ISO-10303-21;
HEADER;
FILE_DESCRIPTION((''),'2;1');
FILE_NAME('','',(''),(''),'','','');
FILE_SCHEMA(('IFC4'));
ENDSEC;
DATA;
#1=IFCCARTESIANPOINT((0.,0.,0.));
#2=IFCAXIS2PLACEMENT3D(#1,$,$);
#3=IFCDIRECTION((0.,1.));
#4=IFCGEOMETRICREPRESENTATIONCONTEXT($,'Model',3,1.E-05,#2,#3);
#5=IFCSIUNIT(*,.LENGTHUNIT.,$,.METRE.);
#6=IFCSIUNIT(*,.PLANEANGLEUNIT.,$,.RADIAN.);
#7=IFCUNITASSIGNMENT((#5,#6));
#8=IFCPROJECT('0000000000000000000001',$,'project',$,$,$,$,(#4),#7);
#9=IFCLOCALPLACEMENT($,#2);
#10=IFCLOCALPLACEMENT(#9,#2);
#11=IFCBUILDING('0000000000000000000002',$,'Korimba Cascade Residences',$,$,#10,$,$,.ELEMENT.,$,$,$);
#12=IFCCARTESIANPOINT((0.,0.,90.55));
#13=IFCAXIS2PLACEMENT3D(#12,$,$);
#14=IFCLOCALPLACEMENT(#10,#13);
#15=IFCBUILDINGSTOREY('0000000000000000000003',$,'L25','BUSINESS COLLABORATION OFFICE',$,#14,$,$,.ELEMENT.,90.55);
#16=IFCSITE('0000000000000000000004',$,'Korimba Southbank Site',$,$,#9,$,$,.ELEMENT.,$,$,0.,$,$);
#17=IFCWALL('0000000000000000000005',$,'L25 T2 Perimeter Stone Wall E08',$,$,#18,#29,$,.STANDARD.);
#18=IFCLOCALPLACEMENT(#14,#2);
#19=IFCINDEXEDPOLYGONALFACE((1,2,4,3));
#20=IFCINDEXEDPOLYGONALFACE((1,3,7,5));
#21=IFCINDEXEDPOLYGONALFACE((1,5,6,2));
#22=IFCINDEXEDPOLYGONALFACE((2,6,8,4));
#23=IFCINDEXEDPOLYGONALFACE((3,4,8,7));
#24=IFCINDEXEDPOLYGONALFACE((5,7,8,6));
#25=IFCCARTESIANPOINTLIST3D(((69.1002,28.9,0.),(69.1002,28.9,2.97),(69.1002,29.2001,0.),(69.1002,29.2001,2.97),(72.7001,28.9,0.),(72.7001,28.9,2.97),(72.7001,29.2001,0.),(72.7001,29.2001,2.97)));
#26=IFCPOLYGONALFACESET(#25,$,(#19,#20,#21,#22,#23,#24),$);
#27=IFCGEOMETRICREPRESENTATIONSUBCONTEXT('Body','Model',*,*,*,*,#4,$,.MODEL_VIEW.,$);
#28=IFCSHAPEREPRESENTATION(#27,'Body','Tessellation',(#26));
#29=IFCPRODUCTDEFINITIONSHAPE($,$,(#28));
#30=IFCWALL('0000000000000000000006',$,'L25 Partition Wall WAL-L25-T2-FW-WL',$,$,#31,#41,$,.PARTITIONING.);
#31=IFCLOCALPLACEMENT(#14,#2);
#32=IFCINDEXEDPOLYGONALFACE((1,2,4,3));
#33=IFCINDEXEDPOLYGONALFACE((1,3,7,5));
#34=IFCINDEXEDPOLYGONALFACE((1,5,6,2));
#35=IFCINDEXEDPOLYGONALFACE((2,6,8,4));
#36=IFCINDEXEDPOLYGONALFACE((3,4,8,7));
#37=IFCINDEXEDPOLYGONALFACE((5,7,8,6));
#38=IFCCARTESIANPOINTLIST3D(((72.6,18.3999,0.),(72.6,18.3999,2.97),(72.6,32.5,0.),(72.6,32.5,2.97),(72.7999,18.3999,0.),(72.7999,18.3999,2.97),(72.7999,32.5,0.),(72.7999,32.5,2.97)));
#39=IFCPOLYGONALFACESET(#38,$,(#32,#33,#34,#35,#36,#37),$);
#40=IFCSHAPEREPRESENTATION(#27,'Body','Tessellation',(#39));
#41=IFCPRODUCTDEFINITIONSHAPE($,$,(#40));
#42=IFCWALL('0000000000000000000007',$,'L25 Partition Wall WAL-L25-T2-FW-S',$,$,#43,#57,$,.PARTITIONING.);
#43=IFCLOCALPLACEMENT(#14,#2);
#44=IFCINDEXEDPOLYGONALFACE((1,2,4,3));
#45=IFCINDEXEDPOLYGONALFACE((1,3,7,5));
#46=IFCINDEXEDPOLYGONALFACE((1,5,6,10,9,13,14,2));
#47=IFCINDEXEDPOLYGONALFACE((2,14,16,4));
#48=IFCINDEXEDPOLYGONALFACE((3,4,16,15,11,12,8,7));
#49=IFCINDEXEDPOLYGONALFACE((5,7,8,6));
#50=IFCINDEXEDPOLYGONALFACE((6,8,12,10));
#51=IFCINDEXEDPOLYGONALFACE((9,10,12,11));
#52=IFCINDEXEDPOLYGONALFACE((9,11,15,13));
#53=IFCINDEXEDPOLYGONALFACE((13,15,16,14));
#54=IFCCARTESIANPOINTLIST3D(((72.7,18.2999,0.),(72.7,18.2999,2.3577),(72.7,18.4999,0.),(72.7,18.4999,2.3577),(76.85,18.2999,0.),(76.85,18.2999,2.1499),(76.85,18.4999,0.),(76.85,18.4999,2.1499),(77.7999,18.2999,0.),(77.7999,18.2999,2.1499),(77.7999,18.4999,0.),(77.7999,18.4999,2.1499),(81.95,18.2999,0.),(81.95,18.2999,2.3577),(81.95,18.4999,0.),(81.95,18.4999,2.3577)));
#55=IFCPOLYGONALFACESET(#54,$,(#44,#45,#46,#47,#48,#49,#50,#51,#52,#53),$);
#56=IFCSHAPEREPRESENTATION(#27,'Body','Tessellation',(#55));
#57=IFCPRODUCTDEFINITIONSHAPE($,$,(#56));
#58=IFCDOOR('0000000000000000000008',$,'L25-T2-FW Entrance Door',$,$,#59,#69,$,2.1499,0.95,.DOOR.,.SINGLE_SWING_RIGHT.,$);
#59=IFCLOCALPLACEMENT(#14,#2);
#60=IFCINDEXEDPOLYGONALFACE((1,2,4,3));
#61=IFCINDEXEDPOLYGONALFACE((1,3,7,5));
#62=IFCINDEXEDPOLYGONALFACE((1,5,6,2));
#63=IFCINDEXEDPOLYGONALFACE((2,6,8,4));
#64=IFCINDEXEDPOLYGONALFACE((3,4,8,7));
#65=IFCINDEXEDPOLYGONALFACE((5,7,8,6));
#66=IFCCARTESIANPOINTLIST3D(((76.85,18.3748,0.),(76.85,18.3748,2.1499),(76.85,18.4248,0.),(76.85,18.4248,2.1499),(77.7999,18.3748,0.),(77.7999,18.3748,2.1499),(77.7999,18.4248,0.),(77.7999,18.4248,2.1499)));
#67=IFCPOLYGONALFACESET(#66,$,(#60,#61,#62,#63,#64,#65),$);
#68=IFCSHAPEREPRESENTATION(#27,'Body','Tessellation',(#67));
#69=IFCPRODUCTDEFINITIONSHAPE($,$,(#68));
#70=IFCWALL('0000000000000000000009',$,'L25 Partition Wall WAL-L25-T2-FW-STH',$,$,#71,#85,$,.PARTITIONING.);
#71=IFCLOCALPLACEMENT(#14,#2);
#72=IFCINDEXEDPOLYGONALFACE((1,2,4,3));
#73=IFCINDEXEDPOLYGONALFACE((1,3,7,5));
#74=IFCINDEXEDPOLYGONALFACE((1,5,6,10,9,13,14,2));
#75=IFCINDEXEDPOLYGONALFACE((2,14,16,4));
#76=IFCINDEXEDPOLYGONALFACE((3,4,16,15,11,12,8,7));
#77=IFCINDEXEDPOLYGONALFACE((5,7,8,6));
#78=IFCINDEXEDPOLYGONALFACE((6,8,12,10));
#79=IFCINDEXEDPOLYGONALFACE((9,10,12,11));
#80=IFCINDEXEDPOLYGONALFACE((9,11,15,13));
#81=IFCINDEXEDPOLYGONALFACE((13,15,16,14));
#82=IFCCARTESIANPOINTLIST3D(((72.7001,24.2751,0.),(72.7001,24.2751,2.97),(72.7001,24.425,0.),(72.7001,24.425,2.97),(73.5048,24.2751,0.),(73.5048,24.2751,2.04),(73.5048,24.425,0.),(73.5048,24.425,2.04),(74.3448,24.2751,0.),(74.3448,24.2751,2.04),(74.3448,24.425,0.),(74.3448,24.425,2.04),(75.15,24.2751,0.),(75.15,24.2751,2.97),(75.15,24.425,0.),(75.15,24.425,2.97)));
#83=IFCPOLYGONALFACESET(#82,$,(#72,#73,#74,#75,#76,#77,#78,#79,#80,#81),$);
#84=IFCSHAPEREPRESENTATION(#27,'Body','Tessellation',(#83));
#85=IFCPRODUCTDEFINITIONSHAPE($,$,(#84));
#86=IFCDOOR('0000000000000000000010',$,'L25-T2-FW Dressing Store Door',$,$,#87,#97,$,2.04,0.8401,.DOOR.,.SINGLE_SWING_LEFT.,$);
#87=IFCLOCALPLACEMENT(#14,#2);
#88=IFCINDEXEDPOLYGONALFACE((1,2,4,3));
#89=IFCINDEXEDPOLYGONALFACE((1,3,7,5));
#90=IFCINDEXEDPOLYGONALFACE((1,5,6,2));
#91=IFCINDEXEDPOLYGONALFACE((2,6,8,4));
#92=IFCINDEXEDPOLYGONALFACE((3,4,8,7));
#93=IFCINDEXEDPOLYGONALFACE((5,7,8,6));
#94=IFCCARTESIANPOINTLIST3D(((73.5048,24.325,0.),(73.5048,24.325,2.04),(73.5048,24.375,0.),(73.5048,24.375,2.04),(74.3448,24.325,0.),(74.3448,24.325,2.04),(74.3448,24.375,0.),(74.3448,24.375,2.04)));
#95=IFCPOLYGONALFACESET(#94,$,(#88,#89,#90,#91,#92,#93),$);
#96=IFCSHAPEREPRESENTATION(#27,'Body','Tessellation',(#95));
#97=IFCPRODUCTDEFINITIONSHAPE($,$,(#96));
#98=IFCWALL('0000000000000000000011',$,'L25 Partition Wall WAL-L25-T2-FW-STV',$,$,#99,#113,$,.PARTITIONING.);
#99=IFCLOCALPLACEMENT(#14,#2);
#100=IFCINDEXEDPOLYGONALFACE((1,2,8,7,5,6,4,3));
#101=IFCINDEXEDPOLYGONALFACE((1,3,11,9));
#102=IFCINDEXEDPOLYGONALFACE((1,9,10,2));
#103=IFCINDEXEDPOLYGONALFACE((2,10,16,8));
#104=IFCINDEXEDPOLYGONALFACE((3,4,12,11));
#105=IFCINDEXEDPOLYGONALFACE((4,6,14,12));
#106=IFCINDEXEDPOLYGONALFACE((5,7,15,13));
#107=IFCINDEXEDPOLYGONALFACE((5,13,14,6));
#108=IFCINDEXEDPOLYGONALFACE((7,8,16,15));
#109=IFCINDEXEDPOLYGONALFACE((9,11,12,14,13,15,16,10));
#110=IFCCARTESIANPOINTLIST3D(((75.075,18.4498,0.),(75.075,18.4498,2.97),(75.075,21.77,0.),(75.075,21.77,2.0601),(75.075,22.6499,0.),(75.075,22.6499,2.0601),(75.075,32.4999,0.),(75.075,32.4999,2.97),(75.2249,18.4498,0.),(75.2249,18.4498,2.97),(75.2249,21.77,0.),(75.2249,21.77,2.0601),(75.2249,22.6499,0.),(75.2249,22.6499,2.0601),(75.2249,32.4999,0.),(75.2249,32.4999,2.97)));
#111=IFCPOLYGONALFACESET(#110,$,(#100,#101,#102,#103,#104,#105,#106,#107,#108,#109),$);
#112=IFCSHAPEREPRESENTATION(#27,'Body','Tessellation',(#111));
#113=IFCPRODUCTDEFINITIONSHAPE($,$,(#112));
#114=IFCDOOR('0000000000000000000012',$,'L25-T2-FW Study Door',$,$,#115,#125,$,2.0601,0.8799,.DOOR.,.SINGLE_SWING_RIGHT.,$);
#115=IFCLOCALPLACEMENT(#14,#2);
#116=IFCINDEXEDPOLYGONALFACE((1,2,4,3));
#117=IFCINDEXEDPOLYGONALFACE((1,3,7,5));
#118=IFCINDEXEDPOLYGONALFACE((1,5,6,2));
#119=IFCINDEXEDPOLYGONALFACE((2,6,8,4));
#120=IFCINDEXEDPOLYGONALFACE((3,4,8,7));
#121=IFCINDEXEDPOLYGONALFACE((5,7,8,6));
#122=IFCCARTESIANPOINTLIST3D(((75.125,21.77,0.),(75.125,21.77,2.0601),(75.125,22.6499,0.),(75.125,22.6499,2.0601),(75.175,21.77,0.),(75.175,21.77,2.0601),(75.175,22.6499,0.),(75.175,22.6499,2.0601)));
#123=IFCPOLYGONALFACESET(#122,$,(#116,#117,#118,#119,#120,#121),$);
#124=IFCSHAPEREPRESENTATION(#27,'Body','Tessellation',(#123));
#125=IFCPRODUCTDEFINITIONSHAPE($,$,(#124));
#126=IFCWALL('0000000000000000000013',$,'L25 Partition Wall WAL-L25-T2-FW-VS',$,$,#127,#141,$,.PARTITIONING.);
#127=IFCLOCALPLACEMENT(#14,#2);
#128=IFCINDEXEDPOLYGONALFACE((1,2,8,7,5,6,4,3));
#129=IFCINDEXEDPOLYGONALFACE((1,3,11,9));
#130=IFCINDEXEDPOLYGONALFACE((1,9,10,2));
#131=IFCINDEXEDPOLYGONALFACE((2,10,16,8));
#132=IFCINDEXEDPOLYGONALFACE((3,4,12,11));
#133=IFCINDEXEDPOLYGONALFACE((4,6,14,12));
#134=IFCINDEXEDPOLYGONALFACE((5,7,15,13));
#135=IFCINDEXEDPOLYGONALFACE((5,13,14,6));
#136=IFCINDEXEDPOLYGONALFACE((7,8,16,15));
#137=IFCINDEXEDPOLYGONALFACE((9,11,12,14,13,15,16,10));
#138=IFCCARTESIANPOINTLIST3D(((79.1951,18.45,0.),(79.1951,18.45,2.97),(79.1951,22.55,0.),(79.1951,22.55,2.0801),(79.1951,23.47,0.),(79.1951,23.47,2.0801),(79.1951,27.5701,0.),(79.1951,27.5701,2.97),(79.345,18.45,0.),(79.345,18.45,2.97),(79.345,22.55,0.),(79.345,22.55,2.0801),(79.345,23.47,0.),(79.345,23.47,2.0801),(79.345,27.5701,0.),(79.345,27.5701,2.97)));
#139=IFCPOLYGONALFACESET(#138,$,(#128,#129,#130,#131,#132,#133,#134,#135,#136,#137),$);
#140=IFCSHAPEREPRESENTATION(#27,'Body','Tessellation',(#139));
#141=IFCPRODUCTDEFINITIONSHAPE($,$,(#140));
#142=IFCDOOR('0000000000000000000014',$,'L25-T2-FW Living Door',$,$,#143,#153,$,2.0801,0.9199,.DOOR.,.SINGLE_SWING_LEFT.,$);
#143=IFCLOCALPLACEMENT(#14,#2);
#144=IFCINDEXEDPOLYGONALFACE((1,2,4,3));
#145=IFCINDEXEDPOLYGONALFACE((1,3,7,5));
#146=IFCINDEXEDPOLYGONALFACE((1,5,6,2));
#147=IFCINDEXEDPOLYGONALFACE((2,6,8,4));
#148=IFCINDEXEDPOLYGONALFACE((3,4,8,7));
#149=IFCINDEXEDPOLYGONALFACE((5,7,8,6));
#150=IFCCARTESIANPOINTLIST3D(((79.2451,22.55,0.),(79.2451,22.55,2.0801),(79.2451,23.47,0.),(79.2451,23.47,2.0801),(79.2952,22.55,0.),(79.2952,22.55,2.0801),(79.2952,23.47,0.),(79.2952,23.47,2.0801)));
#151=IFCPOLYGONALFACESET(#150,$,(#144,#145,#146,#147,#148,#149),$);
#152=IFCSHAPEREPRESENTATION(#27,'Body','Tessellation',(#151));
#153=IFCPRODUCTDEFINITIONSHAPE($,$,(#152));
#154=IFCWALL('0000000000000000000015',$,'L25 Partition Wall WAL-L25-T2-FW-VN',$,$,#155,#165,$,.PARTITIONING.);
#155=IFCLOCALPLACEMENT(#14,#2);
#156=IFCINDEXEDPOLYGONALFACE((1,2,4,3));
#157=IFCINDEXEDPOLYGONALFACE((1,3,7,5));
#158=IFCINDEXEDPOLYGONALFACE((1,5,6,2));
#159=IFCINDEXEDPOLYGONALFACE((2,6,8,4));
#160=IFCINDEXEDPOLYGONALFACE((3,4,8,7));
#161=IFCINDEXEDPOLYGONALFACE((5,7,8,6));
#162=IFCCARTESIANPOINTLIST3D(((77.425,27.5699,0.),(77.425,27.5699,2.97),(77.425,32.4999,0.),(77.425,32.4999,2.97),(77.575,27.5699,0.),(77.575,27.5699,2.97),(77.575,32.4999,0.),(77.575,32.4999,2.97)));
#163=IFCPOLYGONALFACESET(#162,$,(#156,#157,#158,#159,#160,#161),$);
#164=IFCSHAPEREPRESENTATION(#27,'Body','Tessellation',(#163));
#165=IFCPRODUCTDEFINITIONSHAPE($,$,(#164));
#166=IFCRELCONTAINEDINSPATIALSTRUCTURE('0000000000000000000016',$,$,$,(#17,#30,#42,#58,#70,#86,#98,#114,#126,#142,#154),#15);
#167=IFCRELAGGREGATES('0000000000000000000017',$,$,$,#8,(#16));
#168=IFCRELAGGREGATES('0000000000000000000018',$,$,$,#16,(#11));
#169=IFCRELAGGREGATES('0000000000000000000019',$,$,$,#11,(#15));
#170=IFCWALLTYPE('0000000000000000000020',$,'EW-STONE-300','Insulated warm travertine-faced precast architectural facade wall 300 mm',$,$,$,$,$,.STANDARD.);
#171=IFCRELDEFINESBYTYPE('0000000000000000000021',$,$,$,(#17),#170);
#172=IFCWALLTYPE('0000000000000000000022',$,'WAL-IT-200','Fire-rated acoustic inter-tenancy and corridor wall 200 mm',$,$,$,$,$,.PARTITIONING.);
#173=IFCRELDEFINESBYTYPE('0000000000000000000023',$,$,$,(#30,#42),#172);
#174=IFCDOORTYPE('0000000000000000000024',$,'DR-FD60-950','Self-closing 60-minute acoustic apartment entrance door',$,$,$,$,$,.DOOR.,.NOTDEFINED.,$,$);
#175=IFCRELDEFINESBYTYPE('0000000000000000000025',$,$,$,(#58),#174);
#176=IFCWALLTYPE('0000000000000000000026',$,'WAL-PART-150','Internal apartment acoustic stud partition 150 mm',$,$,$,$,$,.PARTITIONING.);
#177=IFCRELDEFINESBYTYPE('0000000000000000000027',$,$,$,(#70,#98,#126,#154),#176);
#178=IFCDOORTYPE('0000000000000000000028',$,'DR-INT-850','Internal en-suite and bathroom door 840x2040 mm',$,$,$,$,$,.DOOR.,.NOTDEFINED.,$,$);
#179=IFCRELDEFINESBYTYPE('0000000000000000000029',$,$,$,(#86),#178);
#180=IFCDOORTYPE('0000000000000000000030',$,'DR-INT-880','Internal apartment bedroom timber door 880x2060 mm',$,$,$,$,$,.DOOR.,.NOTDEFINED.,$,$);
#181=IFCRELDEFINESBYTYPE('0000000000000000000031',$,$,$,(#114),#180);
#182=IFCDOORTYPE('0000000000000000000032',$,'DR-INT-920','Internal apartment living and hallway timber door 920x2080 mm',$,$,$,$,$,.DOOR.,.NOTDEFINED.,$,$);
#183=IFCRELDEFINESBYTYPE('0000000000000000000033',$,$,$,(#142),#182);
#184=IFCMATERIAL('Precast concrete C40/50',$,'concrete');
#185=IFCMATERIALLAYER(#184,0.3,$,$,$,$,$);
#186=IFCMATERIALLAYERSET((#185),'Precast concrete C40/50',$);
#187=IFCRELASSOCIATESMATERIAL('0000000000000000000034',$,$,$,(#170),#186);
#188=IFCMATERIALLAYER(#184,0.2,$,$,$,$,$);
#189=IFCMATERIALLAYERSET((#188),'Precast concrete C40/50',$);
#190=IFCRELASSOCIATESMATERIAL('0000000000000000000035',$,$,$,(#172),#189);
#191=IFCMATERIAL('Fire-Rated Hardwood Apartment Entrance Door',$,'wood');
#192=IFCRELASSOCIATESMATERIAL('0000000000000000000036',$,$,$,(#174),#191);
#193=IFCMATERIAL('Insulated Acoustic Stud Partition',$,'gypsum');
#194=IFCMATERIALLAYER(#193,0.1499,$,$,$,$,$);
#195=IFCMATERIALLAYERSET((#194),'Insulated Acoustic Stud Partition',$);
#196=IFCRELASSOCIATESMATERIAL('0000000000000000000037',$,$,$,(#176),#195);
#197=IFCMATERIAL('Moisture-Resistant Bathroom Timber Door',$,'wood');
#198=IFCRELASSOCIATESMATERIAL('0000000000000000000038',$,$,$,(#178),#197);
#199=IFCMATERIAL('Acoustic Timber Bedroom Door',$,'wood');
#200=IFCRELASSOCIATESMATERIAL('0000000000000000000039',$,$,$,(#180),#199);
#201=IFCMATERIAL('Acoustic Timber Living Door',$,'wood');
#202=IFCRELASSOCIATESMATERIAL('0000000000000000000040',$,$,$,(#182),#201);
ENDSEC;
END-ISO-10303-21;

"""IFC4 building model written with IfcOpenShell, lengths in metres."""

from ifc_helpers import new_model, si_unit, direction, frame, frame_2d, origin, place, context, subcontext, project, spatial, rectangle, extrude, material, layer, layer_set, type_object, element, fill, save


model = new_model("IFC4")

# Units and contexts
model_context = context("Model", 3, precision=1e-05, world=origin(), true_north=direction((0.0, 1.0)))
body_context = subcontext(model_context, "Body", "Model", "MODEL_VIEW")
ifc_project = project(units=[si_unit("LENGTHUNIT", "METRE"), si_unit("PLANEANGLEUNIT", "RADIAN")], contexts=[model_context])

# Site, building, storey
site_placement = place(None, origin())
site = spatial("IfcSite", under=ifc_project, at=site_placement, Name="Korimba Southbank Site", CompositionType="ELEMENT", RefElevation=0.0)
building_placement = place(site_placement, origin())
building = spatial("IfcBuilding", under=site, at=building_placement, Name="Korimba Cascade Residences", CompositionType="ELEMENT")
storey_placement = place(building_placement, frame((0.0, 0.0, 90.55)))
storey = spatial("IfcBuildingStorey", under=building, at=storey_placement, Name="L25", Description="BUSINESS COLLABORATION OFFICE", CompositionType="ELEMENT", Elevation=90.55)

# Walls
ifc_material_1 = material(Name="Precast concrete C40/50", Category="concrete")
ifc_layer_1 = layer(ifc_material_1, 0.3)
ifc_layer_set_1 = layer_set([ifc_layer_1], Name="Precast concrete C40/50")
wall_type_1 = type_object("IfcWallType", Name="EW-STONE-300", Description="Insulated warm travertine-faced precast architectural facade wall 300 mm", PredefinedType="STANDARD", material=ifc_layer_set_1)
wall_1_placement = place(storey_placement, frame((72.7, 29.05, 0.0), z_axis=(0.0, 0.0, 1.0), x_axis=(-1.0, 0.0, 0.0)))
element("IfcWall", 1, at=wall_1_placement, inside=storey, type_object=wall_type_1, Name="L25 T2 Perimeter Stone Wall E08", PredefinedType="STANDARD", context=body_context, shape_type="SweptSolid", body=[
    extrude(rectangle(XDim=3.5999, YDim=0.3, at=frame_2d((1.7998, 0.0))), origin(), (0.0, 0.0, 1.0), 2.97),
])
ifc_layer_2 = layer(ifc_material_1, 0.2)
ifc_layer_set_2 = layer_set([ifc_layer_2], Name="Precast concrete C40/50")
wall_type_2 = type_object("IfcWallType", Name="WAL-IT-200", Description="Fire-rated acoustic inter-tenancy and corridor wall 200 mm", PredefinedType="PARTITIONING", material=ifc_layer_set_2)
wall_2_placement = place(storey_placement, frame((72.7, 18.3999, 0.0), z_axis=(0.0, 0.0, 1.0), x_axis=(0.0, 1.0, 0.0)))
element("IfcWall", 2, at=wall_2_placement, inside=storey, type_object=wall_type_2, Name="L25 Partition Wall WAL-L25-T2-FW-WL", PredefinedType="PARTITIONING", context=body_context, shape_type="SweptSolid", body=[
    extrude(rectangle(XDim=14.1001, YDim=0.2, at=frame_2d((7.05, 0.0))), origin(), (0.0, 0.0, 1.0), 2.97),
])

# Walls, openings, doors
wall_3_placement = place(storey_placement, frame((72.7, 18.3999, 0.0), z_axis=(0.0, 0.0, 1.0), x_axis=(1.0, 0.0, 0.0)))
wall_3 = element("IfcWall", 3, at=wall_3_placement, inside=storey, type_object=wall_type_2, Name="L25 Partition Wall WAL-L25-T2-FW-S", PredefinedType="PARTITIONING", context=body_context, shape_type="SweptSolid", body=[
    extrude(rectangle(XDim=9.25, YDim=0.2, at=frame_2d((4.625, 0.0))), origin(), (0.0, 0.0, 1.0), 2.3577),
])
opening_1_placement = place(wall_3_placement, frame((4.1499, 0.0, 0.0)))
opening_1 = element("IfcOpeningElement", 4, at=opening_1_placement, cuts=wall_3, PredefinedType="OPENING", context=body_context, shape_type="SweptSolid", body=[
    extrude(rectangle(XDim=0.95, YDim=2.1499, at=frame_2d((0.4751, 1.075))), frame((0.0, 0.1099, 0.0), z_axis=(0.0, -1.0, 0.0), x_axis=(1.0, 0.0, 0.0)), (0.0, 0.0, 1.0), 0.22),
])
ifc_material_2 = material(Name="Fire-Rated Hardwood Apartment Entrance Door", Category="wood")
door_type_1 = type_object("IfcDoorType", Name="DR-FD60-950", Description="Self-closing 60-minute acoustic apartment entrance door", OperationType="NOTDEFINED", PredefinedType="DOOR", material=ifc_material_2)
door_1_placement = place(opening_1_placement, origin())
door_1 = element("IfcDoor", 5, at=door_1_placement, inside=storey, type_object=door_type_1, Name="L25-T2-FW Entrance Door", OperationType="SINGLE_SWING_RIGHT", OverallHeight=2.1499, OverallWidth=0.95, PredefinedType="DOOR", context=body_context, shape_type="SweptSolid", body=[
    extrude(rectangle(XDim=0.95, YDim=2.1499, at=frame_2d((0.4751, 1.075))), frame((0.0, 0.0249, 0.0), z_axis=(0.0, -1.0, 0.0), x_axis=(1.0, 0.0, 0.0)), (0.0, 0.0, 1.0), 0.05),
])
fill(opening_1, door_1)
ifc_material_3 = material(Name="Insulated Acoustic Stud Partition", Category="gypsum")
ifc_layer_3 = layer(ifc_material_3, 0.1499)
ifc_layer_set_3 = layer_set([ifc_layer_3], Name="Insulated Acoustic Stud Partition")
wall_type_3 = type_object("IfcWallType", Name="WAL-PART-150", Description="Internal apartment acoustic stud partition 150 mm", PredefinedType="PARTITIONING", material=ifc_layer_set_3)
wall_4_placement = place(storey_placement, frame((72.7, 24.3501, 0.0), z_axis=(0.0, 0.0, 1.0), x_axis=(1.0, 0.0, 0.0)))
wall_4 = element("IfcWall", 6, at=wall_4_placement, inside=storey, type_object=wall_type_3, Name="L25 Partition Wall WAL-L25-T2-FW-STH", PredefinedType="PARTITIONING", context=body_context, shape_type="SweptSolid", body=[
    extrude(rectangle(XDim=2.45, YDim=0.1499, at=frame_2d((1.2251, 0.0))), origin(), (0.0, 0.0, 1.0), 2.97),
])
opening_2_placement = place(wall_4_placement, frame((0.8049, 0.0, 0.0)))
opening_2 = element("IfcOpeningElement", 7, at=opening_2_placement, cuts=wall_4, PredefinedType="OPENING", context=body_context, shape_type="SweptSolid", body=[
    extrude(rectangle(XDim=0.8401, YDim=2.04, at=frame_2d((0.4199, 1.02))), frame((0.0, 0.085, 0.0), z_axis=(0.0, -1.0, 0.0), x_axis=(1.0, 0.0, 0.0)), (0.0, 0.0, 1.0), 0.1699),
])
ifc_material_4 = material(Name="Moisture-Resistant Bathroom Timber Door", Category="wood")
door_type_2 = type_object("IfcDoorType", Name="DR-INT-850", Description="Internal en-suite and bathroom door 840x2040 mm", OperationType="NOTDEFINED", PredefinedType="DOOR", material=ifc_material_4)
door_2_placement = place(opening_2_placement, origin())
door_2 = element("IfcDoor", 8, at=door_2_placement, inside=storey, type_object=door_type_2, Name="L25-T2-FW Dressing Store Door", OperationType="SINGLE_SWING_LEFT", OverallHeight=2.04, OverallWidth=0.8401, PredefinedType="DOOR", context=body_context, shape_type="SweptSolid", body=[
    extrude(rectangle(XDim=0.8401, YDim=2.04, at=frame_2d((0.4199, 1.02))), frame((0.0, 0.0249, 0.0), z_axis=(0.0, -1.0, 0.0), x_axis=(1.0, 0.0, 0.0)), (0.0, 0.0, 1.0), 0.05),
])
fill(opening_2, door_2)
wall_5_placement = place(storey_placement, frame((75.1499, 18.45, 0.0), z_axis=(0.0, 0.0, 1.0), x_axis=(0.0, 1.0, 0.0)))
wall_5 = element("IfcWall", 9, at=wall_5_placement, inside=storey, type_object=wall_type_3, Name="L25 Partition Wall WAL-L25-T2-FW-STV", PredefinedType="PARTITIONING", context=body_context, shape_type="SweptSolid", body=[
    extrude(rectangle(XDim=14.05, YDim=0.1499, at=frame_2d((7.0249, 0.0))), origin(), (0.0, 0.0, 1.0), 2.97),
])
opening_3_placement = place(wall_5_placement, frame((3.3201, 0.0, 0.0)))
opening_3 = element("IfcOpeningElement", 10, at=opening_3_placement, cuts=wall_5, PredefinedType="OPENING", context=body_context, shape_type="SweptSolid", body=[
    extrude(rectangle(XDim=0.8799, YDim=2.0601, at=frame_2d((0.4399, 1.03))), frame((0.0, 0.085, 0.0), z_axis=(0.0, -1.0, 0.0), x_axis=(1.0, 0.0, 0.0)), (0.0, 0.0, 1.0), 0.1699),
])
ifc_material_5 = material(Name="Acoustic Timber Bedroom Door", Category="wood")
door_type_3 = type_object("IfcDoorType", Name="DR-INT-880", Description="Internal apartment bedroom timber door 880x2060 mm", OperationType="NOTDEFINED", PredefinedType="DOOR", material=ifc_material_5)
door_3_placement = place(opening_3_placement, origin())
door_3 = element("IfcDoor", 11, at=door_3_placement, inside=storey, type_object=door_type_3, Name="L25-T2-FW Study Door", OperationType="SINGLE_SWING_RIGHT", OverallHeight=2.0601, OverallWidth=0.8799, PredefinedType="DOOR", context=body_context, shape_type="SweptSolid", body=[
    extrude(rectangle(XDim=0.8799, YDim=2.0601, at=frame_2d((0.4399, 1.03))), frame((0.0, 0.0249, 0.0), z_axis=(0.0, -1.0, 0.0), x_axis=(1.0, 0.0, 0.0)), (0.0, 0.0, 1.0), 0.05),
])
fill(opening_3, door_3)
wall_6_placement = place(storey_placement, frame((79.27, 18.45, 0.0), z_axis=(0.0, 0.0, 1.0), x_axis=(0.0, 1.0, 0.0)))
wall_6 = element("IfcWall", 12, at=wall_6_placement, inside=storey, type_object=wall_type_3, Name="L25 Partition Wall WAL-L25-T2-FW-VS", PredefinedType="PARTITIONING", context=body_context, shape_type="SweptSolid", body=[
    extrude(rectangle(XDim=9.1201, YDim=0.1499, at=frame_2d((4.5601, 0.0))), origin(), (0.0, 0.0, 1.0), 2.97),
])
opening_4_placement = place(wall_6_placement, frame((4.1001, 0.0, 0.0)))
opening_4 = element("IfcOpeningElement", 13, at=opening_4_placement, cuts=wall_6, PredefinedType="OPENING", context=body_context, shape_type="SweptSolid", body=[
    extrude(rectangle(XDim=0.9199, YDim=2.0801, at=frame_2d((0.46, 1.04))), frame((0.0, 0.085, 0.0), z_axis=(0.0, -1.0, 0.0), x_axis=(1.0, 0.0, 0.0)), (0.0, 0.0, 1.0), 0.1699),
])
ifc_material_6 = material(Name="Acoustic Timber Living Door", Category="wood")
door_type_4 = type_object("IfcDoorType", Name="DR-INT-920", Description="Internal apartment living and hallway timber door 920x2080 mm", OperationType="NOTDEFINED", PredefinedType="DOOR", material=ifc_material_6)
door_4_placement = place(opening_4_placement, origin())
door_4 = element("IfcDoor", 14, at=door_4_placement, inside=storey, type_object=door_type_4, Name="L25-T2-FW Living Door", OperationType="SINGLE_SWING_LEFT", OverallHeight=2.0801, OverallWidth=0.9199, PredefinedType="DOOR", context=body_context, shape_type="SweptSolid", body=[
    extrude(rectangle(XDim=0.9199, YDim=2.0801, at=frame_2d((0.46, 1.04))), frame((0.0, 0.0249, 0.0), z_axis=(0.0, -1.0, 0.0), x_axis=(1.0, 0.0, 0.0)), (0.0, 0.0, 1.0), 0.05),
])
fill(opening_4, door_4)

# Wall
wall_7_placement = place(storey_placement, frame((77.5, 27.5701, 0.0), z_axis=(0.0, 0.0, 1.0), x_axis=(0.0, 1.0, 0.0)))
element("IfcWall", 15, at=wall_7_placement, inside=storey, type_object=wall_type_3, Name="L25 Partition Wall WAL-L25-T2-FW-VN", PredefinedType="PARTITIONING", context=body_context, shape_type="SweptSolid", body=[
    extrude(rectangle(XDim=4.9299, YDim=0.1499, at=frame_2d((2.4648, 0.0))), origin(), (0.0, 0.0, 1.0), 2.97),
])

save(model, "model.ifc")
